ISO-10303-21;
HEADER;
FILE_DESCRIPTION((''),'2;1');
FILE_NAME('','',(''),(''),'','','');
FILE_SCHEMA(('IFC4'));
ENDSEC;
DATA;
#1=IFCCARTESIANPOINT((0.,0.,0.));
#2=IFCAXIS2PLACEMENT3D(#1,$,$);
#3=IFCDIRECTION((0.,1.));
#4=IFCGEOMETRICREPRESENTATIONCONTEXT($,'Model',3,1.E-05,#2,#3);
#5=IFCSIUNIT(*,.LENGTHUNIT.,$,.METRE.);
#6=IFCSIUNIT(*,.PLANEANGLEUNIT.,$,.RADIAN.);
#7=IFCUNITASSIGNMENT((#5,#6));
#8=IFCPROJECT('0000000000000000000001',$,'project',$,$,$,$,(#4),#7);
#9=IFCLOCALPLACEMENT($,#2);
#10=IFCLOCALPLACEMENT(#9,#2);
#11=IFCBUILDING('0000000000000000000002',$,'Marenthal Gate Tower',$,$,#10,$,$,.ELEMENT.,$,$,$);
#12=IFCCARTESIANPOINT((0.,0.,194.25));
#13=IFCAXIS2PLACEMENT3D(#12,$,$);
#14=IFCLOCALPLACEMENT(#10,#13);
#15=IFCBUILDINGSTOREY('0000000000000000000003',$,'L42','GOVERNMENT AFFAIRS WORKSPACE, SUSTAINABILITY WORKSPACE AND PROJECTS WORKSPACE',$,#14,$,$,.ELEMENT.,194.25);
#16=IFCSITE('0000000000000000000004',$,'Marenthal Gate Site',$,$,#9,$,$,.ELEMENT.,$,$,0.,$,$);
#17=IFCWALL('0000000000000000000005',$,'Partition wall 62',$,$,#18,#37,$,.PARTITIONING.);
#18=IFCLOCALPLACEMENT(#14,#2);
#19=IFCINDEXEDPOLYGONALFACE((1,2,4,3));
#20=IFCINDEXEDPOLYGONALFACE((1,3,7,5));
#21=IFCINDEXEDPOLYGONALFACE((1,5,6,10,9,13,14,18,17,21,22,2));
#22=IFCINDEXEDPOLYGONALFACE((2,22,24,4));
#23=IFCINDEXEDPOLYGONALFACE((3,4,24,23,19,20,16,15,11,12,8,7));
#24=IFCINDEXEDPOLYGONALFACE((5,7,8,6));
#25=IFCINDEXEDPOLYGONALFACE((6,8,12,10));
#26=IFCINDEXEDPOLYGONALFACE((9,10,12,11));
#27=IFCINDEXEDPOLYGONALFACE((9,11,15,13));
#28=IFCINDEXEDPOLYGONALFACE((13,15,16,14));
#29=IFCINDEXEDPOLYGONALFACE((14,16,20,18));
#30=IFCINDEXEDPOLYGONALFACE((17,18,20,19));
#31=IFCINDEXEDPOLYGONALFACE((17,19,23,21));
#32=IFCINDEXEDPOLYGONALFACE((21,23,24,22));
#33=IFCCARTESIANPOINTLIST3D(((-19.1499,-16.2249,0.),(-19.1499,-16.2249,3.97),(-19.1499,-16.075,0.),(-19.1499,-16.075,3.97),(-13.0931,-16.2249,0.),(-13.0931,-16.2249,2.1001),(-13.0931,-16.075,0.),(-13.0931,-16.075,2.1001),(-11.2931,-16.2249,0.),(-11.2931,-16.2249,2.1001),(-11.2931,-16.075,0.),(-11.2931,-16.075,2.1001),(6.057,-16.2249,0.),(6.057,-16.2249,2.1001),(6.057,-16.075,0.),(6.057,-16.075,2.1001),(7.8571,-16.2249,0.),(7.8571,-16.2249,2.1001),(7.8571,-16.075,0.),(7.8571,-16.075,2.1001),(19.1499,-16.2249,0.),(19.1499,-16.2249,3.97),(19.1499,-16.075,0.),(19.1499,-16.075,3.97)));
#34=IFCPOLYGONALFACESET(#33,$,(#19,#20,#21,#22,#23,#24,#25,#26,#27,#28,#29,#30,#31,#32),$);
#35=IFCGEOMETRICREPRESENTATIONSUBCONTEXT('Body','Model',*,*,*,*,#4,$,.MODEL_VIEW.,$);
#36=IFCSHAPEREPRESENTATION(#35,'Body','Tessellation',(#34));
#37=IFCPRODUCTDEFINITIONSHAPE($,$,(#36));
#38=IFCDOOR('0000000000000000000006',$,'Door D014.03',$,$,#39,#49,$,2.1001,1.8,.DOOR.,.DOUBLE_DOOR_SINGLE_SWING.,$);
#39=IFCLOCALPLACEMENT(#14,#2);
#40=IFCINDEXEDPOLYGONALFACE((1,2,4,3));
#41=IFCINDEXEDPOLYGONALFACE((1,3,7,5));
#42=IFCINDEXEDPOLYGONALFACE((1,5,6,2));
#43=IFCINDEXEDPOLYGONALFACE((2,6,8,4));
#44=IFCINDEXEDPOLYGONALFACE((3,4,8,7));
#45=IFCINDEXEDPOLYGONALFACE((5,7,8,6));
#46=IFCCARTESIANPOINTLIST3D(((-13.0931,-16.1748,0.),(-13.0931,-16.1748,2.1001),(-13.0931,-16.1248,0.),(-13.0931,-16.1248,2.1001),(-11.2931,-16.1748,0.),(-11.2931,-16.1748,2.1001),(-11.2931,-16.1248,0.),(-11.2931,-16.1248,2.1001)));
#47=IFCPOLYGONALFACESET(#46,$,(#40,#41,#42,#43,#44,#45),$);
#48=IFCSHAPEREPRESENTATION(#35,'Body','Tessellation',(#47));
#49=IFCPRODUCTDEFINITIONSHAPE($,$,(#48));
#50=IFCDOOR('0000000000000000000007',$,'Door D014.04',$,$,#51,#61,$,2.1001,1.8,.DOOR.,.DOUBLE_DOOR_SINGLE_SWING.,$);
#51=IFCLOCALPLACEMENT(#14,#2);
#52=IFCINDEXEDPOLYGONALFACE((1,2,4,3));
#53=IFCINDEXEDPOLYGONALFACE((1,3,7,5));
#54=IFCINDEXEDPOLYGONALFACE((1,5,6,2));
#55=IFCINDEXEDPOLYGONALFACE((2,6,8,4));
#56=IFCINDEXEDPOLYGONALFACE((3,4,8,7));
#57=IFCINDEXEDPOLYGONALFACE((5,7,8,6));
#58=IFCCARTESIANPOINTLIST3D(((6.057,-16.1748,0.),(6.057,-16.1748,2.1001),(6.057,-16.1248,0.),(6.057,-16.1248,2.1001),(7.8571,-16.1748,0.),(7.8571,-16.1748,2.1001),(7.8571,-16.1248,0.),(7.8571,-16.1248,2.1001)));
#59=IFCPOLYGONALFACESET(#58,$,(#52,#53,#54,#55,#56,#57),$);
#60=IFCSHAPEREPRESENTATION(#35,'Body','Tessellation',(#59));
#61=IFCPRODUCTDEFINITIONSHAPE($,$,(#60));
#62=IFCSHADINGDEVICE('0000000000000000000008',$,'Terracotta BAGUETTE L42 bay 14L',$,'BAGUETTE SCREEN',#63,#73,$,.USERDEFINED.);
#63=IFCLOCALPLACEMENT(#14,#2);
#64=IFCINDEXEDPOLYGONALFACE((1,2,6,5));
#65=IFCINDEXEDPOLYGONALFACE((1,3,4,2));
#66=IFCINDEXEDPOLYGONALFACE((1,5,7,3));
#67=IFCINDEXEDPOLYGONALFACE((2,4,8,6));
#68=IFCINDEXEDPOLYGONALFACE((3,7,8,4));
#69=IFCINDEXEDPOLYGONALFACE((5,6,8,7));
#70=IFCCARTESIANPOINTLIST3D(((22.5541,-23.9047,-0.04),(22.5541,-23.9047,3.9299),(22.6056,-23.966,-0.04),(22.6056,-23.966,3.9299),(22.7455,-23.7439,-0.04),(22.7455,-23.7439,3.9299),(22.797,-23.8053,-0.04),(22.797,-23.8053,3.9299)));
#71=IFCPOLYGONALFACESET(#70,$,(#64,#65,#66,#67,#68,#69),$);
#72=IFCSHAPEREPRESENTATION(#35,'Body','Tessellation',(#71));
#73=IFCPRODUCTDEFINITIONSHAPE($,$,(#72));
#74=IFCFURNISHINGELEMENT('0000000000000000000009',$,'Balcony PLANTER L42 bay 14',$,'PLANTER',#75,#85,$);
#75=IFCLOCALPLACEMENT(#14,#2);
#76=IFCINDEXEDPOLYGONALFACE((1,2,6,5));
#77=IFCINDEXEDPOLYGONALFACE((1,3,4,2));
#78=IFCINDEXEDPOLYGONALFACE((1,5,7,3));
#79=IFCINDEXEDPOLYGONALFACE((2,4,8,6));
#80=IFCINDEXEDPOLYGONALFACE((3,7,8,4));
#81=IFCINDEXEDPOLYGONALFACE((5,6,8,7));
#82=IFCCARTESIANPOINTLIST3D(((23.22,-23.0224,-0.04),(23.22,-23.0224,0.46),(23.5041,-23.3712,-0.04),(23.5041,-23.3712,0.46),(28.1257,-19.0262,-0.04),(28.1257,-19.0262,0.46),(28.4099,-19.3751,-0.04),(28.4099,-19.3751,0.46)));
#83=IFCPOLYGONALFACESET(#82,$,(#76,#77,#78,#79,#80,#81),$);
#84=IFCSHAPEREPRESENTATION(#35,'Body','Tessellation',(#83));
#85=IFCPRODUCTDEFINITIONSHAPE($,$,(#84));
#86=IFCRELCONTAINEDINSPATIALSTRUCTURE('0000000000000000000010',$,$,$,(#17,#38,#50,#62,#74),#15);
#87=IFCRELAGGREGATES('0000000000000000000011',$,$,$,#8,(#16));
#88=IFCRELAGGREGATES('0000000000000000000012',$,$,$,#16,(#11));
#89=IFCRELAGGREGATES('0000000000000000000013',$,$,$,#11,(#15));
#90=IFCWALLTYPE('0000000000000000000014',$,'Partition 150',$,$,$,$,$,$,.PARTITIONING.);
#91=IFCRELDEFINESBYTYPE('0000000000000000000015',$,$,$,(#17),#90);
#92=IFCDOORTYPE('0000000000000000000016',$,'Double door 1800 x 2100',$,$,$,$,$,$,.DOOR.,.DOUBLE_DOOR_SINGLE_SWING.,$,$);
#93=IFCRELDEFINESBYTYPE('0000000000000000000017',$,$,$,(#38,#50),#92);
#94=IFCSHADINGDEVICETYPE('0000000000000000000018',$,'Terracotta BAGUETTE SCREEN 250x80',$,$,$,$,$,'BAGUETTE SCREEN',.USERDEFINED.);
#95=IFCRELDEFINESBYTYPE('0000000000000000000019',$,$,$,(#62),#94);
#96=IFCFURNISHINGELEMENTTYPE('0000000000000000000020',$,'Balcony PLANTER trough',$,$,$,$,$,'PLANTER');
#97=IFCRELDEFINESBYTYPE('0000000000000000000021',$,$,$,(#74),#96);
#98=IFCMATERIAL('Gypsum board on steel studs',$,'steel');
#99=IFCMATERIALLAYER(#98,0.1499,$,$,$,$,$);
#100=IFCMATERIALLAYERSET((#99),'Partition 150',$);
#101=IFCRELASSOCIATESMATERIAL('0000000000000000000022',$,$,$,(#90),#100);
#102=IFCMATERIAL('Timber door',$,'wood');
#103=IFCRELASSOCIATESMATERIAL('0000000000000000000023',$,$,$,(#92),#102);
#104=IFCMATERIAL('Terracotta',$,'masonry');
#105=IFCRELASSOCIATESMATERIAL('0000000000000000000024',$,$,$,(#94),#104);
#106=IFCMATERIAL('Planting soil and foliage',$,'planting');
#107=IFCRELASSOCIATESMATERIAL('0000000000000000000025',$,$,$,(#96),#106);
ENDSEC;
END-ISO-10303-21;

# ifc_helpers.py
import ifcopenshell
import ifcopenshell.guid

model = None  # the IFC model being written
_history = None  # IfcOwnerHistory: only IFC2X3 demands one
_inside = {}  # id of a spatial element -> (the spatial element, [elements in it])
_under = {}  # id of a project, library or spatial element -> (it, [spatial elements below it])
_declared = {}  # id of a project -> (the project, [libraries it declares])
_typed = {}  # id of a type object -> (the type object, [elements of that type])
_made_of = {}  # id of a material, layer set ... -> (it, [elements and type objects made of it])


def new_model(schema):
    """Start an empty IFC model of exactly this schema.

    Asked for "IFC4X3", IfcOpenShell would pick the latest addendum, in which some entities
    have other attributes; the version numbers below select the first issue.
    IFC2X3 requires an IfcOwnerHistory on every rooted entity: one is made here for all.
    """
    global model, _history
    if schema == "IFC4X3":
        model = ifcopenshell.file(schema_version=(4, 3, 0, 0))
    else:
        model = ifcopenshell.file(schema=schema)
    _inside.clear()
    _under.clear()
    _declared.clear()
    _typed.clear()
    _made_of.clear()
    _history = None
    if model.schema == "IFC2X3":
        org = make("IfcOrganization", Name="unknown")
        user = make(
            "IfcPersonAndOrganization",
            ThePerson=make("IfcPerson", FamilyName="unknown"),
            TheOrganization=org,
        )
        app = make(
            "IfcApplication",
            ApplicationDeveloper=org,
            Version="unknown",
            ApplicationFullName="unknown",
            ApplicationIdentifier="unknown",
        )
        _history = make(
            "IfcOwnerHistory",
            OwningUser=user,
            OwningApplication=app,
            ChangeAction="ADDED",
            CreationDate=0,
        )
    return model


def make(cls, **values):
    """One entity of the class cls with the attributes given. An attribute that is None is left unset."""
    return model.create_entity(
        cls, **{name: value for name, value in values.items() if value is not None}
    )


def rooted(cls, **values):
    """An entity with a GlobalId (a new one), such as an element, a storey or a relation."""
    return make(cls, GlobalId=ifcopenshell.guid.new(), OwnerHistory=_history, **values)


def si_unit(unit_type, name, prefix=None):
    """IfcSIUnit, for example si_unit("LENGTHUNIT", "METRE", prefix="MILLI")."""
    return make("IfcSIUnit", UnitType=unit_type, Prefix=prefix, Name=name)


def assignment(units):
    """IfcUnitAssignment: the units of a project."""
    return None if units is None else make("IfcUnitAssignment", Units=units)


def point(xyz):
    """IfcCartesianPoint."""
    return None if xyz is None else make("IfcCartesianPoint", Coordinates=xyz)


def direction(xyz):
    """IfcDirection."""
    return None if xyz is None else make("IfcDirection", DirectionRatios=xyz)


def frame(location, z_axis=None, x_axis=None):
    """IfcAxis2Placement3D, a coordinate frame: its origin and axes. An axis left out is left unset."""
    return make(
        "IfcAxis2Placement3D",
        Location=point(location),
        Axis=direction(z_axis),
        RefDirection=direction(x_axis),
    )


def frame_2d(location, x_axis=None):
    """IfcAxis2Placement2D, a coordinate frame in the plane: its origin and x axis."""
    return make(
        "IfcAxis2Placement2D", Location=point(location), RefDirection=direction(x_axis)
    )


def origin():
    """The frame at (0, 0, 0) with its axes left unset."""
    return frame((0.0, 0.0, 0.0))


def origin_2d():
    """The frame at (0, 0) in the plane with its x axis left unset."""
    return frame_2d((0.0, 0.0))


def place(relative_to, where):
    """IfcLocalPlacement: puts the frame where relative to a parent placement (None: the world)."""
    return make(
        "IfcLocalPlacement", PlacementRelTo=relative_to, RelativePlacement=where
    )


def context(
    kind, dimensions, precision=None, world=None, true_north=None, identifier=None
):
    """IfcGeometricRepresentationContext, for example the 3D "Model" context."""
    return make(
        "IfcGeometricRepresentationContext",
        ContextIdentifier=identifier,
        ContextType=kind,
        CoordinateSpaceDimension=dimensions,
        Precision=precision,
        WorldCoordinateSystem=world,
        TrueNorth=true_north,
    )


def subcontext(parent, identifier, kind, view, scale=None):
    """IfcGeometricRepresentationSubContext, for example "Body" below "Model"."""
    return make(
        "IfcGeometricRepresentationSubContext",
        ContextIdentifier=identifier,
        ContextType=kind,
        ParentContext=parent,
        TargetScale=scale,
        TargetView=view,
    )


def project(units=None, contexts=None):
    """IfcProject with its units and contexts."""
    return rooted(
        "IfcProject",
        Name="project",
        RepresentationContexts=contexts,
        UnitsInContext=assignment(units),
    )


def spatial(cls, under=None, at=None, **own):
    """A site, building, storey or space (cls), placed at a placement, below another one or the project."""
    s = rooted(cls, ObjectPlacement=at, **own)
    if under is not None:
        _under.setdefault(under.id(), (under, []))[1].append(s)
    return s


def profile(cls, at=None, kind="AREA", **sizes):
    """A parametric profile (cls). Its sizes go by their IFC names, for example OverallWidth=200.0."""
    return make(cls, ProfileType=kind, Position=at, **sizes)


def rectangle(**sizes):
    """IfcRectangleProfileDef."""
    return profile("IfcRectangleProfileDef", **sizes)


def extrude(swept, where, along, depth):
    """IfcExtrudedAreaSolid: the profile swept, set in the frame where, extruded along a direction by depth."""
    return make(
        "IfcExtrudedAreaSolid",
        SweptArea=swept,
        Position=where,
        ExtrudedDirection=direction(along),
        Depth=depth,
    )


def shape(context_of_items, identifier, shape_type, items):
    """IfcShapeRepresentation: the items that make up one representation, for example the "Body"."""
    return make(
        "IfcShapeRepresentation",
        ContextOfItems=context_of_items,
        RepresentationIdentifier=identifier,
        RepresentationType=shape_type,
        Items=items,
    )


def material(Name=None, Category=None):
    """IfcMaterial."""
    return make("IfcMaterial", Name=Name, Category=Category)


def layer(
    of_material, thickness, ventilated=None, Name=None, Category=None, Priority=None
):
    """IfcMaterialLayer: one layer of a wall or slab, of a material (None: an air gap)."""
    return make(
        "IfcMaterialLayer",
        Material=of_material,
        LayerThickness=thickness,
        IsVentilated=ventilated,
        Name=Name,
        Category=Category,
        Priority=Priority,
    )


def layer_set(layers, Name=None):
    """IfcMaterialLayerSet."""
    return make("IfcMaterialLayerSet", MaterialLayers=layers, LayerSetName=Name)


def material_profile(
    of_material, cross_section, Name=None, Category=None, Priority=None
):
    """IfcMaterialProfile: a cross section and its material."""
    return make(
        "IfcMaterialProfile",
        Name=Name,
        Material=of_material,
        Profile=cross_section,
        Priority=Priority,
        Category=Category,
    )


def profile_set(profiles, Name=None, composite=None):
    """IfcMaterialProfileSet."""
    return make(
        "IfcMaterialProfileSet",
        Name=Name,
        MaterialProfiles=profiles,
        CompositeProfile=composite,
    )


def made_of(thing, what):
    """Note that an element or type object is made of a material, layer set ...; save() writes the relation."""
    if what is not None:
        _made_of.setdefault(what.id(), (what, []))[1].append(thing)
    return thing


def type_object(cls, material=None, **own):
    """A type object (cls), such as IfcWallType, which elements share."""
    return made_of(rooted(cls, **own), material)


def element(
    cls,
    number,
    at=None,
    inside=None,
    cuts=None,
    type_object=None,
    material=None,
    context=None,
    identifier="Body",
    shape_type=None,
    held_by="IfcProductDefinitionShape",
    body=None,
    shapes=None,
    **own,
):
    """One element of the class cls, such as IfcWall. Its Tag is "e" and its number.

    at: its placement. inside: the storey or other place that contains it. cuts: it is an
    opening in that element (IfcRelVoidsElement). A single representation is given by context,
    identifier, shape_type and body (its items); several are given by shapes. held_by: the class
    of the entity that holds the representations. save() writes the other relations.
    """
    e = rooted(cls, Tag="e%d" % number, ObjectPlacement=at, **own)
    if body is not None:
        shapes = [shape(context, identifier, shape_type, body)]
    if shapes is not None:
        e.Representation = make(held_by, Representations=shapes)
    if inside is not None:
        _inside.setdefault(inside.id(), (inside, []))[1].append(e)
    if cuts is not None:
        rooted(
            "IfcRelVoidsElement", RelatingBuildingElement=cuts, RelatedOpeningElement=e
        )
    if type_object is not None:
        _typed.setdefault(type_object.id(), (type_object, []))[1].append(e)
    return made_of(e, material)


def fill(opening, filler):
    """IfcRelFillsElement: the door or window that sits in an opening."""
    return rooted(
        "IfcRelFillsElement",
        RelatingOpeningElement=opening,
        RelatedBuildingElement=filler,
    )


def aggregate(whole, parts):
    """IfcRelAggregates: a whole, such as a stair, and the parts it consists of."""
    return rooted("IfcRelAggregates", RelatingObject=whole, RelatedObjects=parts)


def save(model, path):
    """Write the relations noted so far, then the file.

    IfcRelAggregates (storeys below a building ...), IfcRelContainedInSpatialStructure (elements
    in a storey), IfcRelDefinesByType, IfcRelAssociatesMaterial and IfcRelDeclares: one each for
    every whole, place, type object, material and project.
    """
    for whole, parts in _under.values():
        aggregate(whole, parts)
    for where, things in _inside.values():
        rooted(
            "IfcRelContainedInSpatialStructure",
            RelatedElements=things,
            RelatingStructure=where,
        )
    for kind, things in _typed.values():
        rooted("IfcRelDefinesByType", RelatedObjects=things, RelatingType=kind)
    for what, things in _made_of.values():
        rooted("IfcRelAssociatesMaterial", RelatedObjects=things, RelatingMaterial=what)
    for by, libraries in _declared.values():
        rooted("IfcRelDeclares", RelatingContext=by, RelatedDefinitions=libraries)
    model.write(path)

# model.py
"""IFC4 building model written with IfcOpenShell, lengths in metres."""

from ifc_helpers import new_model, si_unit, direction, frame, frame_2d, origin, origin_2d, place, context, subcontext, project, spatial, rectangle, extrude, material, layer, layer_set, material_profile, profile_set, type_object, element, fill, save


model = new_model("IFC4")

# Units and contexts
model_context = context("Model", 3, precision=1e-05, world=origin(), true_north=direction((0.0, 1.0)))
body_context = subcontext(model_context, "Body", "Model", "MODEL_VIEW")
ifc_project = project(units=[si_unit("LENGTHUNIT", "METRE"), si_unit("PLANEANGLEUNIT", "RADIAN")], contexts=[model_context])

# Site, building, storey
site_placement = place(None, origin())
site = spatial("IfcSite", under=ifc_project, at=site_placement, Name="Marenthal Gate Site", CompositionType="ELEMENT", RefElevation=0.0)
building_placement = place(site_placement, origin())
building = spatial("IfcBuilding", under=site, at=building_placement, Name="Marenthal Gate Tower", CompositionType="ELEMENT")
storey_placement = place(building_placement, frame((0.0, 0.0, 194.25)))
storey = spatial("IfcBuildingStorey", under=building, at=storey_placement, Name="L42", Description="GOVERNMENT AFFAIRS WORKSPACE, SUSTAINABILITY WORKSPACE AND PROJECTS WORKSPACE", CompositionType="ELEMENT", Elevation=194.25)

# Wall, openings, doors
ifc_material_1 = material(Name="Gypsum board on steel studs", Category="steel")
ifc_layer_1 = layer(ifc_material_1, 0.1499)
ifc_layer_set_1 = layer_set([ifc_layer_1], Name="Partition 150")
wall_type_1 = type_object("IfcWallType", Name="Partition 150", PredefinedType="PARTITIONING", material=ifc_layer_set_1)
wall_1_placement = place(storey_placement, frame((19.1499, -16.1499, 0.0), z_axis=(0.0, 0.0, 1.0), x_axis=(-1.0, 0.0, 0.0)))
wall_1 = element("IfcWall", 1, at=wall_1_placement, inside=storey, type_object=wall_type_1, Name="Partition wall 62", PredefinedType="PARTITIONING", context=body_context, shape_type="SweptSolid", body=[
    extrude(rectangle(XDim=38.2998, YDim=0.1499, at=frame_2d((19.1499, 0.0))), origin(), (0.0, 0.0, 1.0), 3.97),
])
opening_1_placement = place(wall_1_placement, frame((30.4431, 0.0, 0.0)))
opening_1 = element("IfcOpeningElement", 2, at=opening_1_placement, cuts=wall_1, PredefinedType="OPENING", context=body_context, shape_type="SweptSolid", body=[
    extrude(rectangle(XDim=1.8, YDim=2.1001, at=frame_2d((0.8999, 1.05))), frame((0.0, 0.085, 0.0), z_axis=(0.0, -1.0, 0.0), x_axis=(1.0, 0.0, 0.0)), (0.0, 0.0, 1.0), 0.1699),
])
opening_2_placement = place(wall_1_placement, frame((11.293, 0.0, 0.0)))
opening_2 = element("IfcOpeningElement", 3, at=opening_2_placement, cuts=wall_1, PredefinedType="OPENING", context=body_context, shape_type="SweptSolid", body=[
    extrude(rectangle(XDim=1.8, YDim=2.1001, at=frame_2d((0.8999, 1.05))), frame((0.0, 0.085, 0.0), z_axis=(0.0, -1.0, 0.0), x_axis=(1.0, 0.0, 0.0)), (0.0, 0.0, 1.0), 0.1699),
])
ifc_material_2 = material(Name="Timber door", Category="wood")
door_type_1 = type_object("IfcDoorType", Name="Double door 1800 x 2100", OperationType="DOUBLE_DOOR_SINGLE_SWING", PredefinedType="DOOR", material=ifc_material_2)
door_1_placement = place(opening_1_placement, origin())
door_1 = element("IfcDoor", 4, at=door_1_placement, inside=storey, type_object=door_type_1, Name="Door D014.03", OperationType="DOUBLE_DOOR_SINGLE_SWING", OverallHeight=2.1001, OverallWidth=1.8, PredefinedType="DOOR", context=body_context, shape_type="SweptSolid", body=[
    extrude(rectangle(XDim=1.8, YDim=2.1001, at=frame_2d((0.8999, 1.05))), frame((0.0, 0.0249, 0.0), z_axis=(0.0, -1.0, 0.0), x_axis=(1.0, 0.0, 0.0)), (0.0, 0.0, 1.0), 0.05),
])
fill(opening_1, door_1)
door_2_placement = place(opening_2_placement, origin())
door_2 = element("IfcDoor", 5, at=door_2_placement, inside=storey, type_object=door_type_1, Name="Door D014.04", OperationType="DOUBLE_DOOR_SINGLE_SWING", OverallHeight=2.1001, OverallWidth=1.8, PredefinedType="DOOR", context=body_context, shape_type="SweptSolid", body=[
    extrude(rectangle(XDim=1.8, YDim=2.1001, at=frame_2d((0.8999, 1.05))), frame((0.0, 0.0249, 0.0), z_axis=(0.0, -1.0, 0.0), x_axis=(1.0, 0.0, 0.0)), (0.0, 0.0, 1.0), 0.05),
])
fill(opening_2, door_2)

# Shading device
ifc_material_3 = material(Name="Terracotta", Category="masonry")
ifc_material_profile_1 = material_profile(ifc_material_3, rectangle(XDim=0.25, YDim=0.0801, at=origin_2d()), Name="Terracotta baguette 250x80")
ifc_profile_set_1 = profile_set([ifc_material_profile_1], Name="Terracotta")
shading_device_type = type_object("IfcShadingDeviceType", Name="Terracotta BAGUETTE SCREEN 250x80", ElementType="BAGUETTE SCREEN", PredefinedType="USERDEFINED", material=ifc_profile_set_1)
shading_device_placement = place(storey_placement, frame((22.6755, -23.855, -0.04), z_axis=(0.0, 0.0, 1.0), x_axis=(0.76578, 0.643103, 0.0)))
element("IfcShadingDevice", 6, at=shading_device_placement, inside=storey, type_object=shading_device_type, Name="Terracotta BAGUETTE L42 bay 14L", ObjectType="BAGUETTE SCREEN", PredefinedType="USERDEFINED", context=body_context, shape_type="SweptSolid", body=[
    extrude(rectangle(XDim=0.25, YDim=0.0801, at=origin_2d()), origin(), (0.0, 0.0, 1.0), 3.97),
])

# Furnishing element
ifc_material_4 = material(Name="Planting soil and foliage", Category="planting")
furnishing_element_type = type_object("IfcFurnishingElementType", Name="Balcony PLANTER trough", ElementType="PLANTER", material=ifc_material_4)
furnishing_placement = place(storey_placement, frame((25.8149, -21.1987, -0.04), z_axis=(0.0, 0.0, 1.0), x_axis=(0.775322, 0.631567, 0.0)))
element("IfcFurnishingElement", 7, at=furnishing_placement, inside=storey, type_object=furnishing_element_type, Name="Balcony PLANTER L42 bay 14", ObjectType="PLANTER", context=body_context, shape_type="SweptSolid", body=[
    extrude(rectangle(XDim=6.3274, YDim=0.45, at=origin_2d()), origin(), (0.0, 0.0, 1.0), 0.5),
])

save(model, "model.ifc")
